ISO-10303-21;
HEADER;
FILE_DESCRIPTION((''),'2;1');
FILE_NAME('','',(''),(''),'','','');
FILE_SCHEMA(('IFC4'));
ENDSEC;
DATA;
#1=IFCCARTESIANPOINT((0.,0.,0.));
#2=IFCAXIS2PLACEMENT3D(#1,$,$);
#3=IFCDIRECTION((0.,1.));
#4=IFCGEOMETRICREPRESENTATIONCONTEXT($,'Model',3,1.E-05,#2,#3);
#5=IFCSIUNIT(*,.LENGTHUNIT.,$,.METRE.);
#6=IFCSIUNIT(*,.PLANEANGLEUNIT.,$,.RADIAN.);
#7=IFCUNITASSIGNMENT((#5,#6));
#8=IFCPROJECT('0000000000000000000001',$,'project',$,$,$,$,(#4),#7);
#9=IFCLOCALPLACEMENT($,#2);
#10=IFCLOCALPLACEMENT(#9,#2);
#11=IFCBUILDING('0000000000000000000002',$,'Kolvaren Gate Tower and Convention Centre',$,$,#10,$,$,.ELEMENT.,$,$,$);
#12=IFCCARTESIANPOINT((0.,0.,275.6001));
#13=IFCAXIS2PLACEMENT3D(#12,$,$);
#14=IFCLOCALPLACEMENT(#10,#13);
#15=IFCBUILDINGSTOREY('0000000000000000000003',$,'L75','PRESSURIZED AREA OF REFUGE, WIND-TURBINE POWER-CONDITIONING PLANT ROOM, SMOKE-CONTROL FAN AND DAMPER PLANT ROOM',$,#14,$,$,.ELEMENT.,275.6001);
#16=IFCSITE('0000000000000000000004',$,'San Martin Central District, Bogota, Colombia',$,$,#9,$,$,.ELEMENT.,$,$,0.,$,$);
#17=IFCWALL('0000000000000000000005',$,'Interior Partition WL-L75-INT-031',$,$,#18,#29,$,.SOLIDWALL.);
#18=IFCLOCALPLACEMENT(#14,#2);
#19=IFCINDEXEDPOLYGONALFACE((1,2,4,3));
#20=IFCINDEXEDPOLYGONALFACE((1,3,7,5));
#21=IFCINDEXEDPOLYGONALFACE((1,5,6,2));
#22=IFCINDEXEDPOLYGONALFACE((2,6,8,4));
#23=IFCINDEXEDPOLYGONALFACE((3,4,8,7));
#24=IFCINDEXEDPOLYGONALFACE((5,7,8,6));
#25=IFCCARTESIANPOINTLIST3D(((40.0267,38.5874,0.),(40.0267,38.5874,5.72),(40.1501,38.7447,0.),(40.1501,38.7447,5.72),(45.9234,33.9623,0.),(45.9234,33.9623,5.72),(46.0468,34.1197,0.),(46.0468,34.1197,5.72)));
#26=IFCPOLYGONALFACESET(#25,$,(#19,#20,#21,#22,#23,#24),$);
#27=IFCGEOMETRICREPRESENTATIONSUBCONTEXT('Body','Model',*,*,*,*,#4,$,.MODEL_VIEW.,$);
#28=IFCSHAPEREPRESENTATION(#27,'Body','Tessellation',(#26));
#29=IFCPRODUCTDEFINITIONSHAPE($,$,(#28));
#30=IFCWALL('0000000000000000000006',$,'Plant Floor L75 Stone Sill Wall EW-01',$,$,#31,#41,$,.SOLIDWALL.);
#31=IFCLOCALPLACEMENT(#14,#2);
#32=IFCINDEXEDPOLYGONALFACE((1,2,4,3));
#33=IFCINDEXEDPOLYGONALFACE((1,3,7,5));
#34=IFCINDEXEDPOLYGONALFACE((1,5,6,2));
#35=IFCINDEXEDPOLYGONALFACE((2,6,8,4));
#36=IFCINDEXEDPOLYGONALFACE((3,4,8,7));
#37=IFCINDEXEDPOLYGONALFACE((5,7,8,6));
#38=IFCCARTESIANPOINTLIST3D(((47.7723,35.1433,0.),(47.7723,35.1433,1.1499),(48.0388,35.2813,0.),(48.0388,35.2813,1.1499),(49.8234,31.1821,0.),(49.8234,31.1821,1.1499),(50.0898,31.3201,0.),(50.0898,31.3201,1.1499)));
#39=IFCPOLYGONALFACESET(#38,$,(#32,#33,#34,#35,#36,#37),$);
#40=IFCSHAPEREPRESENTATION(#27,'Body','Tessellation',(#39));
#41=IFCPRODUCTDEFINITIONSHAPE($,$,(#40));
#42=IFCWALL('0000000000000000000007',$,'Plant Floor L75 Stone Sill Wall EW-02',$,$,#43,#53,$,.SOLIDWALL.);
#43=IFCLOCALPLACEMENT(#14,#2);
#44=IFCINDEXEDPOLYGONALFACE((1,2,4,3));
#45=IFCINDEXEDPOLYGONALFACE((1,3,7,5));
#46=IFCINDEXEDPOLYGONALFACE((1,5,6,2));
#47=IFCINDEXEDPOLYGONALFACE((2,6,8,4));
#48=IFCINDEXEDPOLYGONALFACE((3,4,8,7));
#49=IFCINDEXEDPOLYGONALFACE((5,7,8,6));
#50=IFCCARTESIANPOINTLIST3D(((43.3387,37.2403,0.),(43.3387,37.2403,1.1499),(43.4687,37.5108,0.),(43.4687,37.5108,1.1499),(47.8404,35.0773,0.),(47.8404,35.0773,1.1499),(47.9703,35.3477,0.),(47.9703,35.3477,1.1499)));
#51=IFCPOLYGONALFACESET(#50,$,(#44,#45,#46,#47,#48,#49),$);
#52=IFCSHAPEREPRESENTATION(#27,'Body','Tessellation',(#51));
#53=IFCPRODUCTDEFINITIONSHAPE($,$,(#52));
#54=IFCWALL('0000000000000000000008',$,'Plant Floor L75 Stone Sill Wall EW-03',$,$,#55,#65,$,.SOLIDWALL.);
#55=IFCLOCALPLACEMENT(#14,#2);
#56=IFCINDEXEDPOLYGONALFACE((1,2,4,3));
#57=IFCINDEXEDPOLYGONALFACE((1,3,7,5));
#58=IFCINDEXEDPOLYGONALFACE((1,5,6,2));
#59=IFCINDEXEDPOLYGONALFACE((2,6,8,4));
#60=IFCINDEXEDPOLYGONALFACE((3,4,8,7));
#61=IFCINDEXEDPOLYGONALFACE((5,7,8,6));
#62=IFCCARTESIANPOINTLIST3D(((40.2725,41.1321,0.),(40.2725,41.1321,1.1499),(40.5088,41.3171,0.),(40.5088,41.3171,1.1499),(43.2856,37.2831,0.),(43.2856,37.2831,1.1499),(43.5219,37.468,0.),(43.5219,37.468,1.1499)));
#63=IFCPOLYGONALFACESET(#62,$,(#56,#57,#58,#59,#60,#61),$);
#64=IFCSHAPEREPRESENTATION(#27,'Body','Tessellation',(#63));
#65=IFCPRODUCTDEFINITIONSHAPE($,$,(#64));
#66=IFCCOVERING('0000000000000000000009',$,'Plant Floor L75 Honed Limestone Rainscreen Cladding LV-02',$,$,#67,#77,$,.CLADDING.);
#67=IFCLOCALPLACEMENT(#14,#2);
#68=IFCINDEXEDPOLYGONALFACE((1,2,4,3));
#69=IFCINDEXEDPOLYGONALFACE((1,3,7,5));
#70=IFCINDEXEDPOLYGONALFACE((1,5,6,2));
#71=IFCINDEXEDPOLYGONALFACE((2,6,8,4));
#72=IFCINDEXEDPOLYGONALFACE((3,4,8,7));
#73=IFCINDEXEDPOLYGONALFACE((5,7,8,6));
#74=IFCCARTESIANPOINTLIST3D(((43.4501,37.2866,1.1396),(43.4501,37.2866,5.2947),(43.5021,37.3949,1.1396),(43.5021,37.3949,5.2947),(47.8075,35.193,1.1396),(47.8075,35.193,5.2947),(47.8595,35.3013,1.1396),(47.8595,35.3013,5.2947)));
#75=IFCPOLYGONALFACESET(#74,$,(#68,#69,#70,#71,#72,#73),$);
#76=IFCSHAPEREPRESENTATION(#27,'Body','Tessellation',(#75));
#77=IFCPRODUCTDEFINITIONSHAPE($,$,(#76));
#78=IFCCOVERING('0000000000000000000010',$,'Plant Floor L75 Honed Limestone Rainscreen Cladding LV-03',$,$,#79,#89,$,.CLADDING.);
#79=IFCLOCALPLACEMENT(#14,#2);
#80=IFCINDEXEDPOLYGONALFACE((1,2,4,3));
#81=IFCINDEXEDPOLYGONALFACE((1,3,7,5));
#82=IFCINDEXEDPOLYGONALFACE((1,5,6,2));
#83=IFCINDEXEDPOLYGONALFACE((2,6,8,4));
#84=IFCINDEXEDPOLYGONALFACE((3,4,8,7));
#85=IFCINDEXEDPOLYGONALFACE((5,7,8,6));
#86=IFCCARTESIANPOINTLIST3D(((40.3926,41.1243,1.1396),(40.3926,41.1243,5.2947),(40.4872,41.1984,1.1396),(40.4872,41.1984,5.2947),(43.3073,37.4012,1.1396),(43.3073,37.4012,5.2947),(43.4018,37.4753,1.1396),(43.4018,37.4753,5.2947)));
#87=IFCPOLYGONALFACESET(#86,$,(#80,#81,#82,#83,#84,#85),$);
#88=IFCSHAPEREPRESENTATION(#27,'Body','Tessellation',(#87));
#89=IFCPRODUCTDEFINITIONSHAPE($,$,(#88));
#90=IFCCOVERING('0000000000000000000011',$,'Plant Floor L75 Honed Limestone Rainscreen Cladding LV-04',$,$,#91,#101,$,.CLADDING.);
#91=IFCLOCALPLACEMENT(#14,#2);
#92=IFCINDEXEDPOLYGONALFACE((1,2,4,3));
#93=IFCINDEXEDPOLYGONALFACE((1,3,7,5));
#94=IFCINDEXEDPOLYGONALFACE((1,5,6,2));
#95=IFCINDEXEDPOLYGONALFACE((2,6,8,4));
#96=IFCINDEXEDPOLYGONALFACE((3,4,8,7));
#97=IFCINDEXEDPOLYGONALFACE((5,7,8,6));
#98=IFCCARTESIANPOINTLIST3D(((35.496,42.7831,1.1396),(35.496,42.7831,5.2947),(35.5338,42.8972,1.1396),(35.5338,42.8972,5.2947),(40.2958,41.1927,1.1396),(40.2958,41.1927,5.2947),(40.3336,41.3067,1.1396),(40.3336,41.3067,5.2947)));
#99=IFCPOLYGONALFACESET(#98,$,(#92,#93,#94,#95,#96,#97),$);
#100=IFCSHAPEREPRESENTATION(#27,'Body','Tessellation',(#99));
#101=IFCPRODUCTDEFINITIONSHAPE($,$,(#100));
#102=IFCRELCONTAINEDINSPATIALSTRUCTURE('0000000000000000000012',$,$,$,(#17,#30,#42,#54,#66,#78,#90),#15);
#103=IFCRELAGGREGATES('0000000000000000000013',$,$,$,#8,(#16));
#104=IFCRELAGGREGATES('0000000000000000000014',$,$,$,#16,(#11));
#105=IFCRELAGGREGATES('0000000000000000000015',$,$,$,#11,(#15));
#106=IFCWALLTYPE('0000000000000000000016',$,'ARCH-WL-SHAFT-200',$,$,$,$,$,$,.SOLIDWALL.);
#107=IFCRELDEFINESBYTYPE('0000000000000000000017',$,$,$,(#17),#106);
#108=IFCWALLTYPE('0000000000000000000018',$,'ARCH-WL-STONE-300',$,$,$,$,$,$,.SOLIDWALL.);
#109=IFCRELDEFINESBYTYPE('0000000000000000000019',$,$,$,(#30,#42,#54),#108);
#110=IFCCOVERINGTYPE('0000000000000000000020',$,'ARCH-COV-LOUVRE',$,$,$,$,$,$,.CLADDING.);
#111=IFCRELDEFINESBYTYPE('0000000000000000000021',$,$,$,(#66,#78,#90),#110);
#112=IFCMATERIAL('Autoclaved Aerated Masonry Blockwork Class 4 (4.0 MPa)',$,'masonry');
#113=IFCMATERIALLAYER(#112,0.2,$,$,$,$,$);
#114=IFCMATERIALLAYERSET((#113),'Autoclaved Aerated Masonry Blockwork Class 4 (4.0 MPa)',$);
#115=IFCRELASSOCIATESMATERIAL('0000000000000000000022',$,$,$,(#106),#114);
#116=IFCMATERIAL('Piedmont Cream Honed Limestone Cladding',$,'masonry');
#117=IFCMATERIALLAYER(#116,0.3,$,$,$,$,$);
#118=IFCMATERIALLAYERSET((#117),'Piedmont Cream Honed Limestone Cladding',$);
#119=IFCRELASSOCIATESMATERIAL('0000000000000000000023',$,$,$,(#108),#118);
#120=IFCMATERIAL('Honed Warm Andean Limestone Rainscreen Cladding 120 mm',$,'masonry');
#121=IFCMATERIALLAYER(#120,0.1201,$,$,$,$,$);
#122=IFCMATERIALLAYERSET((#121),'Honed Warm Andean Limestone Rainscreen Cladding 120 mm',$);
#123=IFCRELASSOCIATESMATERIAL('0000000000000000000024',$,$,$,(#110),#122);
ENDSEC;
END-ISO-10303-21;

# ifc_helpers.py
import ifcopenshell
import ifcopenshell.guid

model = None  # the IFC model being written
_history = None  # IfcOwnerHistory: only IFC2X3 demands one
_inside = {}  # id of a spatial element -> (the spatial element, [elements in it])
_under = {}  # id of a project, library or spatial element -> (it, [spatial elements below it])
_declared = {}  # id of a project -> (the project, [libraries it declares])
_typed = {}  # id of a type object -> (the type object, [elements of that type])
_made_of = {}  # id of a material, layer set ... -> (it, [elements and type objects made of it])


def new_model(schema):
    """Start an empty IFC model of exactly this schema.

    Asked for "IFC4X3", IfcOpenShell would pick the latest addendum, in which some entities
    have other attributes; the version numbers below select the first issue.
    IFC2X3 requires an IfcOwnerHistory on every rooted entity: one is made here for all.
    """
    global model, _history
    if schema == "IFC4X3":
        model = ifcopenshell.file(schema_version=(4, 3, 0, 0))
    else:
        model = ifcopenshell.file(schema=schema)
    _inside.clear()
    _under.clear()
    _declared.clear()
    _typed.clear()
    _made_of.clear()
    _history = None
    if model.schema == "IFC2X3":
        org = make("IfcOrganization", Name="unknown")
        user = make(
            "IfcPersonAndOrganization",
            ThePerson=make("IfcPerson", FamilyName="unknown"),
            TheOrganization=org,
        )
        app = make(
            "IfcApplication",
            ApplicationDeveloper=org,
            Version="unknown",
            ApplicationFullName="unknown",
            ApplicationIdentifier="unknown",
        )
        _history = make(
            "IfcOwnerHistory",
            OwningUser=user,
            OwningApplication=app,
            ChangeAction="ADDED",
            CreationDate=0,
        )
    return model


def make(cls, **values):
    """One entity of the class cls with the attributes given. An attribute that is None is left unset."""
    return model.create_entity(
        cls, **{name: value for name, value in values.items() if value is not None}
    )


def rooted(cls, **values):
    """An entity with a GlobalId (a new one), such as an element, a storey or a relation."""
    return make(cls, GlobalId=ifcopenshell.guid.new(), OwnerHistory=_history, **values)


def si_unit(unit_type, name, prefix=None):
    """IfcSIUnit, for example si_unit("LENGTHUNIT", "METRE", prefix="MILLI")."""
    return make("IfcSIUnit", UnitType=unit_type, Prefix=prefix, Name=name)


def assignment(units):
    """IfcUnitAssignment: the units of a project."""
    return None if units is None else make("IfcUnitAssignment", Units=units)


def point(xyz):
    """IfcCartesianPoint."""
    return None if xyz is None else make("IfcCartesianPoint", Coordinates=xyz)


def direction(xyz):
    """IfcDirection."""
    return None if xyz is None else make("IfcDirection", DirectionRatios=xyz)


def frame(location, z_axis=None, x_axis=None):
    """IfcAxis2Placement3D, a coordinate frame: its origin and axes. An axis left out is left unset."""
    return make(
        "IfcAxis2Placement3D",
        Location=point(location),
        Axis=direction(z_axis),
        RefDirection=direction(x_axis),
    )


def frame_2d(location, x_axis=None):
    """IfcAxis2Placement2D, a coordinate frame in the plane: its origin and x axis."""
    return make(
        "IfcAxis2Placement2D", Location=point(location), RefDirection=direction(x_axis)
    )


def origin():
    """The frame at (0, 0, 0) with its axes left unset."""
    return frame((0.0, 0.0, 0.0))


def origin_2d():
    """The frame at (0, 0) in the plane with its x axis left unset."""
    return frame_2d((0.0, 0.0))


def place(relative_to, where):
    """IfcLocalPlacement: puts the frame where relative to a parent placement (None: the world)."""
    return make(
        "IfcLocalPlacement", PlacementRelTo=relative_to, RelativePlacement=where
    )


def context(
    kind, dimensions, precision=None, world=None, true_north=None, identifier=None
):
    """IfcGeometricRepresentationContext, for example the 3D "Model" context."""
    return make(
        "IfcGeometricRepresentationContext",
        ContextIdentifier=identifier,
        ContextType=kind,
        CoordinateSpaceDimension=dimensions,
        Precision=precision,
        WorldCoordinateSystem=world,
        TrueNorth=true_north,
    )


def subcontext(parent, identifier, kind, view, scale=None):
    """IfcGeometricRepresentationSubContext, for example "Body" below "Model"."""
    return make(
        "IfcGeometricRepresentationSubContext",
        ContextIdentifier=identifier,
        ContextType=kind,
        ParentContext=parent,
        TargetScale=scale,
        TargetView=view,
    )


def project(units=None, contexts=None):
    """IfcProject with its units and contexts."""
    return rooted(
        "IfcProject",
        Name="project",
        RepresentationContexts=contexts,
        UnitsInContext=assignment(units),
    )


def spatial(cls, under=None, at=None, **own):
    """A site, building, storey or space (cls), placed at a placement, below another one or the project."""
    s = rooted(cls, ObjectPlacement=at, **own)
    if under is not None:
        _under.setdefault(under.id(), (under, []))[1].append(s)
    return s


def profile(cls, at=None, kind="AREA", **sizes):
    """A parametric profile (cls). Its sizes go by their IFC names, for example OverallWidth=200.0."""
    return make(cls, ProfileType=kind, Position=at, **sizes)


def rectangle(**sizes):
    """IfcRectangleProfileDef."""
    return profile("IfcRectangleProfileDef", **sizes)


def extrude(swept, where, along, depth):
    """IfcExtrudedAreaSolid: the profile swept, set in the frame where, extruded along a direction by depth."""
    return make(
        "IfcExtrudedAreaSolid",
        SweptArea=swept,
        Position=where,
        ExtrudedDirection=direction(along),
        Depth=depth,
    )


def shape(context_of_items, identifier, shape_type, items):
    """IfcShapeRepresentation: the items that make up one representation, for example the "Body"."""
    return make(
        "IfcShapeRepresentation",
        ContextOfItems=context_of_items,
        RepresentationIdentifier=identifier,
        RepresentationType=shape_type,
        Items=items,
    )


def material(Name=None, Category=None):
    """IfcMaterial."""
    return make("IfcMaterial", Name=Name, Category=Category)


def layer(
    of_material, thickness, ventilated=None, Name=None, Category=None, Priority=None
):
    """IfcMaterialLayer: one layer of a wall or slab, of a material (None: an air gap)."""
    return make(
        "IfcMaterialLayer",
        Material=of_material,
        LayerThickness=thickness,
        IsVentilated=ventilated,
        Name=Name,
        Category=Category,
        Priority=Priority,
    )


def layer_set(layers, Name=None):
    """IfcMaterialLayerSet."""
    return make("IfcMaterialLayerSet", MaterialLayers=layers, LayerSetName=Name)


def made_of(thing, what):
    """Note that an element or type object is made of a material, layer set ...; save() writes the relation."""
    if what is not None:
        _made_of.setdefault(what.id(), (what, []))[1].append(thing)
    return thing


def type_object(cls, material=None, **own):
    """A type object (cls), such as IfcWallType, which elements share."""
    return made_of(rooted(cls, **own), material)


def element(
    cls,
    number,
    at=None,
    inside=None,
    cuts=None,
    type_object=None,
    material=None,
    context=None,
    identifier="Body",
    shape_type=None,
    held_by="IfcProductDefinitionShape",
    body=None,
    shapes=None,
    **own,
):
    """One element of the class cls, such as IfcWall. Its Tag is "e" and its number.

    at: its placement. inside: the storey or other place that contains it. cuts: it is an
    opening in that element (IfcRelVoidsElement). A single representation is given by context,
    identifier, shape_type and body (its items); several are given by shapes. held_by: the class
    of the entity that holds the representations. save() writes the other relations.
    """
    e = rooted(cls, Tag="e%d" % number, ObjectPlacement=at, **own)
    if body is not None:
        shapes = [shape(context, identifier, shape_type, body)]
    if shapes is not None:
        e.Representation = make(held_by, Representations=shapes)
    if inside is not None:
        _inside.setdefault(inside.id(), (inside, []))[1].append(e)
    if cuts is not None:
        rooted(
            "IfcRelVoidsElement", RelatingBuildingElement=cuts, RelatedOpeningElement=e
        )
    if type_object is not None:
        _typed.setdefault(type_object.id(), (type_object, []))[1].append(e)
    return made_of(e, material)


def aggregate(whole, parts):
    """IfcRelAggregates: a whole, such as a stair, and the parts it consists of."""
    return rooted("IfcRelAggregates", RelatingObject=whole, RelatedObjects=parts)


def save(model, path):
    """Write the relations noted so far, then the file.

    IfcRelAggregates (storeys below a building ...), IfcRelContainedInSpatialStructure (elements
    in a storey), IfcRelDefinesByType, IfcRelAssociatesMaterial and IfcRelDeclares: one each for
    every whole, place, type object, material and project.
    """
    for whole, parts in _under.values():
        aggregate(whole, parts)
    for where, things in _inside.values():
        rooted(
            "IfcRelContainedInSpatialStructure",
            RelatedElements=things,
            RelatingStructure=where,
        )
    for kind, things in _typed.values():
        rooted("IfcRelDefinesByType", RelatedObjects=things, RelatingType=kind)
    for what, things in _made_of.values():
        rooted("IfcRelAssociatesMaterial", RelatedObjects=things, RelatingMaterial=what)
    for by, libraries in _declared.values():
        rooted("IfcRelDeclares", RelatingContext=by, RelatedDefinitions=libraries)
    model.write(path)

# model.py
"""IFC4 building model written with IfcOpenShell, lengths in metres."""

from ifc_helpers import new_model, si_unit, direction, frame, frame_2d, origin, origin_2d, place, context, subcontext, project, spatial, rectangle, extrude, material, layer, layer_set, type_object, element, save


model = new_model("IFC4")

# Units and contexts
model_context = context("Model", 3, precision=1e-05, world=origin(), true_north=direction((0.0, 1.0)))
body_context = subcontext(model_context, "Body", "Model", "MODEL_VIEW")
ifc_project = project(units=[si_unit("LENGTHUNIT", "METRE"), si_unit("PLANEANGLEUNIT", "RADIAN")], contexts=[model_context])

# Site, building, storey
site_placement = place(None, origin())
site = spatial("IfcSite", under=ifc_project, at=site_placement, Name="San Martin Central District, Bogota, Colombia", CompositionType="ELEMENT", RefElevation=0.0)
building_placement = place(site_placement, origin())
building = spatial("IfcBuilding", under=site, at=building_placement, Name="Kolvaren Gate Tower and Convention Centre", CompositionType="ELEMENT")
storey_placement = place(building_placement, frame((0.0, 0.0, 275.6001)))
storey = spatial("IfcBuildingStorey", under=building, at=storey_placement, Name="L75", Description="PRESSURIZED AREA OF REFUGE, WIND-TURBINE POWER-CONDITIONING PLANT ROOM, SMOKE-CONTROL FAN AND DAMPER PLANT ROOM", CompositionType="ELEMENT", Elevation=275.6001)

# Walls
ifc_material_1 = material(Name="Autoclaved Aerated Masonry Blockwork Class 4 (4.0 MPa)", Category="masonry")
ifc_layer_1 = layer(ifc_material_1, 0.2)
ifc_layer_set_1 = layer_set([ifc_layer_1], Name="Autoclaved Aerated Masonry Blockwork Class 4 (4.0 MPa)")
wall_type_1 = type_object("IfcWallType", Name="ARCH-WL-SHAFT-200", PredefinedType="SOLIDWALL", material=ifc_layer_set_1)
wall_1_placement = place(storey_placement, frame((40.0884, 38.666, 0.0), z_axis=(0.0, 0.0, 1.0), x_axis=(0.786846, -0.617149, 0.0)))
element("IfcWall", 1, at=wall_1_placement, inside=storey, type_object=wall_type_1, Name="Interior Partition WL-L75-INT-031", PredefinedType="SOLIDWALL", context=body_context, shape_type="SweptSolid", body=[
    extrude(rectangle(XDim=7.4941, YDim=0.2, at=frame_2d((3.7471, 0.0))), origin(), (0.0, 0.0, 1.0), 5.72),
])
ifc_material_2 = material(Name="Piedmont Cream Honed Limestone Cladding", Category="masonry")
ifc_layer_2 = layer(ifc_material_2, 0.3)
ifc_layer_set_2 = layer_set([ifc_layer_2], Name="Piedmont Cream Honed Limestone Cladding")
wall_type_2 = type_object("IfcWallType", Name="ARCH-WL-STONE-300", PredefinedType="SOLIDWALL", material=ifc_layer_set_2)
wall_2_placement = place(storey_placement, frame((47.9055, 35.2124, 0.0), z_axis=(0.0, 0.0, 1.0), x_axis=(0.459801, -0.888022, 0.0)))
element("IfcWall", 2, at=wall_2_placement, inside=storey, type_object=wall_type_2, Name="Plant Floor L75 Stone Sill Wall EW-01", PredefinedType="SOLIDWALL", context=body_context, shape_type="SweptSolid", body=[
    extrude(rectangle(XDim=4.4607, YDim=0.3, at=frame_2d((2.2305, 0.0))), origin(), (0.0, 0.0, 1.0), 1.1499),
])
wall_3_placement = place(storey_placement, frame((43.4038, 37.3755, 0.0), z_axis=(0.0, 0.0, 1.0), x_axis=(0.901346, -0.4331, 0.0)))
element("IfcWall", 3, at=wall_3_placement, inside=storey, type_object=wall_type_2, Name="Plant Floor L75 Stone Sill Wall EW-02", PredefinedType="SOLIDWALL", context=body_context, shape_type="SweptSolid", body=[
    extrude(rectangle(XDim=4.9944, YDim=0.3, at=frame_2d((2.4971, 0.0))), origin(), (0.0, 0.0, 1.0), 1.1499),
])
wall_4_placement = place(storey_placement, frame((40.3906, 41.2246, 0.0), z_axis=(0.0, 0.0, 1.0), x_axis=(0.616413, -0.787423, 0.0)))
element("IfcWall", 4, at=wall_4_placement, inside=storey, type_object=wall_type_2, Name="Plant Floor L75 Stone Sill Wall EW-03", PredefinedType="SOLIDWALL", context=body_context, shape_type="SweptSolid", body=[
    extrude(rectangle(XDim=4.8882, YDim=0.3, at=frame_2d((2.4441, 0.0))), origin(), (0.0, 0.0, 1.0), 1.1499),
])

# Coverings
ifc_material_3 = material(Name="Honed Warm Andean Limestone Rainscreen Cladding 120 mm", Category="masonry")
ifc_layer_3 = layer(ifc_material_3, 0.1201)
ifc_layer_set_3 = layer_set([ifc_layer_3], Name="Honed Warm Andean Limestone Rainscreen Cladding 120 mm")
covering_type = type_object("IfcCoveringType", Name="ARCH-COV-LOUVRE", PredefinedType="CLADDING", material=ifc_layer_set_3)
covering_1_placement = place(storey_placement, frame((45.6548, 36.2939, 1.1396), z_axis=(0.0, 0.0, 1.0), x_axis=(0.901356, -0.433079, 0.0)))
element("IfcCovering", 5, at=covering_1_placement, inside=storey, type_object=covering_type, Name="Plant Floor L75 Honed Limestone Rainscreen Cladding LV-02", PredefinedType="CLADDING", context=body_context, shape_type="SweptSolid", body=[
    extrude(rectangle(XDim=4.8342, YDim=0.1201, at=origin_2d()), origin(), (0.0, 0.0, 1.0), 4.155),
])
covering_2_placement = place(storey_placement, frame((41.8972, 39.2998, 1.1396), z_axis=(0.0, 0.0, 1.0), x_axis=(0.61643, -0.78741, 0.0)))
element("IfcCovering", 6, at=covering_2_placement, inside=storey, type_object=covering_type, Name="Plant Floor L75 Honed Limestone Rainscreen Cladding LV-03", PredefinedType="CLADDING", context=body_context, shape_type="SweptSolid", body=[
    extrude(rectangle(XDim=4.7283, YDim=0.1201, at=origin_2d()), origin(), (0.0, 0.0, 1.0), 4.155),
])
covering_3_placement = place(storey_placement, frame((37.9148, 42.0449, 1.1396), z_axis=(0.0, 0.0, 1.0), x_axis=(0.949243, -0.314543, 0.0)))
element("IfcCovering", 7, at=covering_3_placement, inside=storey, type_object=covering_type, Name="Plant Floor L75 Honed Limestone Rainscreen Cladding LV-04", PredefinedType="CLADDING", context=body_context, shape_type="SweptSolid", body=[
    extrude(rectangle(XDim=5.0564, YDim=0.1201, at=origin_2d()), origin(), (0.0, 0.0, 1.0), 4.155),
])

save(model, "model.ifc")
